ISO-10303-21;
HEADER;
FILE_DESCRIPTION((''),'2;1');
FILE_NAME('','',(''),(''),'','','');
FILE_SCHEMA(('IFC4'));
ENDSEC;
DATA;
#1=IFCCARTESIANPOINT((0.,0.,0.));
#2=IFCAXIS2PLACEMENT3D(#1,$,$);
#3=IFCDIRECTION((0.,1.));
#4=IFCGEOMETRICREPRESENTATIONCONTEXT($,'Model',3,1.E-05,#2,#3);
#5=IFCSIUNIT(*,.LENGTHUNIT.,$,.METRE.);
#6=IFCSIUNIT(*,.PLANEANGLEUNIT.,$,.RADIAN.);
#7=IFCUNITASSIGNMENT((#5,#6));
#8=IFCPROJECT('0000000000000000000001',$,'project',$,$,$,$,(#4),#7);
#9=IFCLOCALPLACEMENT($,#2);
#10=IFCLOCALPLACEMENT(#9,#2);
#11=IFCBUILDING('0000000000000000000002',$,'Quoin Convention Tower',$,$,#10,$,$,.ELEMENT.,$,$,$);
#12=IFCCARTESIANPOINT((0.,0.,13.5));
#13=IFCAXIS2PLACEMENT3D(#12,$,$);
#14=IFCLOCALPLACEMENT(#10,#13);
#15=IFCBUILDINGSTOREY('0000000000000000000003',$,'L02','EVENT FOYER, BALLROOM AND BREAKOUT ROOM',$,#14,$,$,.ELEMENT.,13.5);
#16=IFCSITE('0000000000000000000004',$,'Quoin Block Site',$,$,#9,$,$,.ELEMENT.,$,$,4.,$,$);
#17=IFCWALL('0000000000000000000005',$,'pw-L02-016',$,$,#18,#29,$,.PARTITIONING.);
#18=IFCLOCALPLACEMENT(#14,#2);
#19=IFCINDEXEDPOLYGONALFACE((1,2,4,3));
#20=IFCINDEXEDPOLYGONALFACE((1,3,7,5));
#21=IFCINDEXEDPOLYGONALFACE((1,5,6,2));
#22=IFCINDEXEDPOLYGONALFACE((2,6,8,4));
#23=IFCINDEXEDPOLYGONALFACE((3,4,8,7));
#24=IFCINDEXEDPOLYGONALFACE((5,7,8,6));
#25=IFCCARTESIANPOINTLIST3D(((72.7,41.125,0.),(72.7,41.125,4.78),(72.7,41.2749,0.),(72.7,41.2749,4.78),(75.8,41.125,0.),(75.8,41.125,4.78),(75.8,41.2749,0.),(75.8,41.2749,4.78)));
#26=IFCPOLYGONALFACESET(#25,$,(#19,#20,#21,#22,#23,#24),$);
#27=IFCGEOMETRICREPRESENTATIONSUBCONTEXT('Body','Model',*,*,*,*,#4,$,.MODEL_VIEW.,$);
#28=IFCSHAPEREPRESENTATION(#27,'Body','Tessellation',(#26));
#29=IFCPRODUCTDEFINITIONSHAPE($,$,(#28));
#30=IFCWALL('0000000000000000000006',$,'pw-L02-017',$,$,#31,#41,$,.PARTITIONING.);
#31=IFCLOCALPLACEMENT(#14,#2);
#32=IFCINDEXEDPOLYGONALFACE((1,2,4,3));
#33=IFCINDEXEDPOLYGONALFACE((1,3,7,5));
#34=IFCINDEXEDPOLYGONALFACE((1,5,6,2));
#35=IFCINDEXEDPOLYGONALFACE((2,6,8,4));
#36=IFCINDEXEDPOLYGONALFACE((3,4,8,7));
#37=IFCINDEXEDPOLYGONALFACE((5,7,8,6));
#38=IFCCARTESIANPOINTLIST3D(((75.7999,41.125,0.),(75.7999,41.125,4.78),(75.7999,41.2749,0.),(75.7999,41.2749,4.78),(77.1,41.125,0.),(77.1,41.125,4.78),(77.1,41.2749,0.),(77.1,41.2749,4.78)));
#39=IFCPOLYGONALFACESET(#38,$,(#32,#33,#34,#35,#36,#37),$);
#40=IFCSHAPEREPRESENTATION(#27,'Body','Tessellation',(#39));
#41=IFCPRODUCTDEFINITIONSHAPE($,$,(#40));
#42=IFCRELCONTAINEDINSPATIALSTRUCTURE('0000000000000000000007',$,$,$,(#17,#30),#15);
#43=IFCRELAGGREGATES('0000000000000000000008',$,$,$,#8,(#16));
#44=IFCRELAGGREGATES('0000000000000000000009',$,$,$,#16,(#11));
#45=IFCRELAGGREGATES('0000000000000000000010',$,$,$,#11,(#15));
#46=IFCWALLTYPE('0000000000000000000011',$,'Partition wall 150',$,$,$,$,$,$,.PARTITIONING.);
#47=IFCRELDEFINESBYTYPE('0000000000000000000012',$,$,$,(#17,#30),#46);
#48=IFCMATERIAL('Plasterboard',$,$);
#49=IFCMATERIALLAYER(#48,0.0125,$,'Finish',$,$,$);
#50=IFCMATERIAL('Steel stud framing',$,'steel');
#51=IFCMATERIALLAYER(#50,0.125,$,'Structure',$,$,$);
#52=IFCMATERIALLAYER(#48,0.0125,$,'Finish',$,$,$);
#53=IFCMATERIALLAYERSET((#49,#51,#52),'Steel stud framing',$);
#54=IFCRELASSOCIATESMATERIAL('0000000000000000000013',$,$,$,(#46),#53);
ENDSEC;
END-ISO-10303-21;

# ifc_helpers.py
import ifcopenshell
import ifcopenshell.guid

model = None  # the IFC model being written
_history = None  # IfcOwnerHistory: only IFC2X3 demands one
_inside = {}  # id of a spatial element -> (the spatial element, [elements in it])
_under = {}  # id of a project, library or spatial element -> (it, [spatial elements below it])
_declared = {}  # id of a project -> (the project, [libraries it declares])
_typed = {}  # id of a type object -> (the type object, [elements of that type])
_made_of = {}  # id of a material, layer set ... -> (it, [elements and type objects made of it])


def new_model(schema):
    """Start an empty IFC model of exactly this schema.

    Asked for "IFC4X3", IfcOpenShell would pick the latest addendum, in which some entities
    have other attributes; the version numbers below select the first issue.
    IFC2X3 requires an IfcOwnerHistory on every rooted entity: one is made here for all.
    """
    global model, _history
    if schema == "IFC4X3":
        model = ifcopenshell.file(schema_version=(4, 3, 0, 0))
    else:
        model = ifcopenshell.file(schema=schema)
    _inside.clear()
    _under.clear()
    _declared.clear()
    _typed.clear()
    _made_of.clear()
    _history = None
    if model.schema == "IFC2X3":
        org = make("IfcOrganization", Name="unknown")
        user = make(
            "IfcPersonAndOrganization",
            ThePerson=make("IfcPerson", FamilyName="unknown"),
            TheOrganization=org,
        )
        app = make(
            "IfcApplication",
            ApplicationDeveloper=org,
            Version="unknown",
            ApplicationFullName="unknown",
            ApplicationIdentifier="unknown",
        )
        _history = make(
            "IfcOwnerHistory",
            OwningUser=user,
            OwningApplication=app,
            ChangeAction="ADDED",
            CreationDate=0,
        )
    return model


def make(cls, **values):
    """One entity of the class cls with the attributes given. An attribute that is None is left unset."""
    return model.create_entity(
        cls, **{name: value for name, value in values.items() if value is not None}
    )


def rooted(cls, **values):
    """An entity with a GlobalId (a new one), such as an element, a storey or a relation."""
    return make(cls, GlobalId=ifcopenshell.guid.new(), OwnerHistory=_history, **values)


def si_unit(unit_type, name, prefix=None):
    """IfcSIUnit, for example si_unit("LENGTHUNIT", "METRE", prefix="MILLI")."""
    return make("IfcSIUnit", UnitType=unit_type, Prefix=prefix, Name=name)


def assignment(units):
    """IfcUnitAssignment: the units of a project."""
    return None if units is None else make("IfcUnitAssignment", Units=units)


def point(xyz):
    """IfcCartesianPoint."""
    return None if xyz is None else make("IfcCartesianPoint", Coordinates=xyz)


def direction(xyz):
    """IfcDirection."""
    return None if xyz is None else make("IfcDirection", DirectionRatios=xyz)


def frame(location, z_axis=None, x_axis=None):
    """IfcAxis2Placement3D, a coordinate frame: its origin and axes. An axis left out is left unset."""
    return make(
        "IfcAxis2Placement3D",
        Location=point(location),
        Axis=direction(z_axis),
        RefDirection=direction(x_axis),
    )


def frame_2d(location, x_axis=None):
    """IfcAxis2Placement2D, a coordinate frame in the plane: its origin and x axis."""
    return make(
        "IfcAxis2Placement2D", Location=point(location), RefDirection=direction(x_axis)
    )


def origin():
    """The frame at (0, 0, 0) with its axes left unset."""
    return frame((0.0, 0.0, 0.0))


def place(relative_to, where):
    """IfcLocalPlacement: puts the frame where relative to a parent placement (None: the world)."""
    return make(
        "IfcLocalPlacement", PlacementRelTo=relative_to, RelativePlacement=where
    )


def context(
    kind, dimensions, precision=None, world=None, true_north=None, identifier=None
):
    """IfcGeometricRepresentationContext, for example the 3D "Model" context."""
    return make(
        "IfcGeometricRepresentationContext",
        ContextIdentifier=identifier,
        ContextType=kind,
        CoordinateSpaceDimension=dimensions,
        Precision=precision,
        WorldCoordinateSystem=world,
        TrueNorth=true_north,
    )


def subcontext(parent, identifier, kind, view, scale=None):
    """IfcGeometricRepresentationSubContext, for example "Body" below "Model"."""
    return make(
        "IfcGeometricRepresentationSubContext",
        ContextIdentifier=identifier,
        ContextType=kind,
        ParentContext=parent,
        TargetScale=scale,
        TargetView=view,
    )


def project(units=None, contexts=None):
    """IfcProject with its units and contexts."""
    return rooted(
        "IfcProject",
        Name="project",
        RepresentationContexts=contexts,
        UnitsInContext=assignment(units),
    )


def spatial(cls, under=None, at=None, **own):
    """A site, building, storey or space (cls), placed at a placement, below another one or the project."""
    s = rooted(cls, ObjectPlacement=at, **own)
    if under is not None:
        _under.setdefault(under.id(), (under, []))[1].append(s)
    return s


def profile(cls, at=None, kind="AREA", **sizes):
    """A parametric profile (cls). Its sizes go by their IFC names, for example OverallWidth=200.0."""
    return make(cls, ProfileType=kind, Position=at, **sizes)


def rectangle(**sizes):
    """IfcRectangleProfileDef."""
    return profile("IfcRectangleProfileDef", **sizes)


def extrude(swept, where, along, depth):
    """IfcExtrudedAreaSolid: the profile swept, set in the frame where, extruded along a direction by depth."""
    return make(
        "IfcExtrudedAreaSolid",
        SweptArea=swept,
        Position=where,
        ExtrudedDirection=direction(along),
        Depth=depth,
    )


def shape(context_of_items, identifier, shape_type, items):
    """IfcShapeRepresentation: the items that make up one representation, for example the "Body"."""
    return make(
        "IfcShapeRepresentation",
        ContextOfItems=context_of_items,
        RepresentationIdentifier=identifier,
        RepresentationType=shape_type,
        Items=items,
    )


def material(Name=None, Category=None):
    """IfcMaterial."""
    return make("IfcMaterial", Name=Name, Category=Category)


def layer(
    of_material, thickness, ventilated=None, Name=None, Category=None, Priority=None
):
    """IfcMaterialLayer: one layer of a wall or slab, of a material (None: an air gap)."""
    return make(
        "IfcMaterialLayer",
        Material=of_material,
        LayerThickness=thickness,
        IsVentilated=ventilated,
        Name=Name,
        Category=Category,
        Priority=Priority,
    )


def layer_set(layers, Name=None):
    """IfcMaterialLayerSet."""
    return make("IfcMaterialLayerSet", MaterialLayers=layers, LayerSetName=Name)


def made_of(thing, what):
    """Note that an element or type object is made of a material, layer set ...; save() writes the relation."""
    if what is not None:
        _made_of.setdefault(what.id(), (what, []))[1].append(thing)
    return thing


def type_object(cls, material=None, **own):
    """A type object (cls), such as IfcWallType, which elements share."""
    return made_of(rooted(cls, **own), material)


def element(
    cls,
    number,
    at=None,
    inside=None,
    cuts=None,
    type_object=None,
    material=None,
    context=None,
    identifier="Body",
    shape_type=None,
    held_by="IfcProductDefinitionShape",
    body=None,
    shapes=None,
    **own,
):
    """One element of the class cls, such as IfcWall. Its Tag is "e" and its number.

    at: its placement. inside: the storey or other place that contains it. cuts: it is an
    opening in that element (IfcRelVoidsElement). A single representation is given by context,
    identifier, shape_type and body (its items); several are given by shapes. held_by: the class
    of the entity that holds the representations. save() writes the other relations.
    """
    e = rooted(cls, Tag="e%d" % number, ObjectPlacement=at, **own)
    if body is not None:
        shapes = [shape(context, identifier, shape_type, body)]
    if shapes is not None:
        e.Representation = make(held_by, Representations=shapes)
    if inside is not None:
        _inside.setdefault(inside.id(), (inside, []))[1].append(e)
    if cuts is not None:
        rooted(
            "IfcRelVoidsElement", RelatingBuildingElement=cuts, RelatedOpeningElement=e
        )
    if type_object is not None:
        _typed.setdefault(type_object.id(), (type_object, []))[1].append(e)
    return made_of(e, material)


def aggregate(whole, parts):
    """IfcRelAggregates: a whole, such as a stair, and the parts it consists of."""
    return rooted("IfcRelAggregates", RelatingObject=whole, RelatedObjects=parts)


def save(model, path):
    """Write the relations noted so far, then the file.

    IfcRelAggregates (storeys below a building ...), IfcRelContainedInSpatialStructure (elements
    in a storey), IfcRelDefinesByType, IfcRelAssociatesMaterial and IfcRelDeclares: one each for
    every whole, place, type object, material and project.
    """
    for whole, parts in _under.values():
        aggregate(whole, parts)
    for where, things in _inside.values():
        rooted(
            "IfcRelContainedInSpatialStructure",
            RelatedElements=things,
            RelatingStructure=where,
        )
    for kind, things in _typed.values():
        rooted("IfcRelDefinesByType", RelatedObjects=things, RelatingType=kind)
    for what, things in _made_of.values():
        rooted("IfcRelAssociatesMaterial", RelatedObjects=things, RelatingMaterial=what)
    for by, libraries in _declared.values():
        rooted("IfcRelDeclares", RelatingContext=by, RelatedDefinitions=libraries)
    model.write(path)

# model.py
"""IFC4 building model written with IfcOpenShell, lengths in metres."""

from ifc_helpers import new_model, si_unit, direction, frame, frame_2d, origin, place, context, subcontext, project, spatial, rectangle, extrude, material, layer, layer_set, type_object, element, save


model = new_model("IFC4")

# Units and contexts
model_context = context("Model", 3, precision=1e-05, world=origin(), true_north=direction((0.0, 1.0)))
body_context = subcontext(model_context, "Body", "Model", "MODEL_VIEW")
ifc_project = project(units=[si_unit("LENGTHUNIT", "METRE"), si_unit("PLANEANGLEUNIT", "RADIAN")], contexts=[model_context])

# Site, building, storey
site_placement = place(None, origin())
site = spatial("IfcSite", under=ifc_project, at=site_placement, Name="Quoin Block Site", CompositionType="ELEMENT", RefElevation=4.0)
building_placement = place(site_placement, origin())
building = spatial("IfcBuilding", under=site, at=building_placement, Name="Quoin Convention Tower", CompositionType="ELEMENT")
storey_placement = place(building_placement, frame((0.0, 0.0, 13.5)))
storey = spatial("IfcBuildingStorey", under=building, at=storey_placement, Name="L02", Description="EVENT FOYER, BALLROOM AND BREAKOUT ROOM", CompositionType="ELEMENT", Elevation=13.5)

# Walls
ifc_material_1 = material(Name="Plasterboard")
ifc_layer_1 = layer(ifc_material_1, 0.0125, Name="Finish")
ifc_material_2 = material(Name="Steel stud framing", Category="steel")
ifc_layer_2 = layer(ifc_material_2, 0.125, Name="Structure")
ifc_layer_3 = layer(ifc_material_1, 0.0125, Name="Finish")
ifc_layer_set_1 = layer_set([ifc_layer_1, ifc_layer_2, ifc_layer_3], Name="Steel stud framing")
wall_type_1 = type_object("IfcWallType", Name="Partition wall 150", PredefinedType="PARTITIONING", material=ifc_layer_set_1)
wall_1_placement = place(storey_placement, frame((72.7, 41.2, 0.0), z_axis=(0.0, 0.0, 1.0), x_axis=(1.0, 0.0, 0.0)))
element("IfcWall", 1, at=wall_1_placement, inside=storey, type_object=wall_type_1, Name="pw-L02-016", PredefinedType="PARTITIONING", context=body_context, shape_type="SweptSolid", body=[
    extrude(rectangle(XDim=3.1001, YDim=0.1499, at=frame_2d((1.55, 0.0))), origin(), (0.0, 0.0, 1.0), 4.78),
])
wall_2_placement = place(storey_placement, frame((75.8, 41.2, 0.0), z_axis=(0.0, 0.0, 1.0), x_axis=(1.0, 0.0, 0.0)))
element("IfcWall", 2, at=wall_2_placement, inside=storey, type_object=wall_type_1, Name="pw-L02-017", PredefinedType="PARTITIONING", context=body_context, shape_type="SweptSolid", body=[
    extrude(rectangle(XDim=1.3, YDim=0.1499, at=frame_2d((0.6499, 0.0))), origin(), (0.0, 0.0, 1.0), 4.78),
])

save(model, "model.ifc")
